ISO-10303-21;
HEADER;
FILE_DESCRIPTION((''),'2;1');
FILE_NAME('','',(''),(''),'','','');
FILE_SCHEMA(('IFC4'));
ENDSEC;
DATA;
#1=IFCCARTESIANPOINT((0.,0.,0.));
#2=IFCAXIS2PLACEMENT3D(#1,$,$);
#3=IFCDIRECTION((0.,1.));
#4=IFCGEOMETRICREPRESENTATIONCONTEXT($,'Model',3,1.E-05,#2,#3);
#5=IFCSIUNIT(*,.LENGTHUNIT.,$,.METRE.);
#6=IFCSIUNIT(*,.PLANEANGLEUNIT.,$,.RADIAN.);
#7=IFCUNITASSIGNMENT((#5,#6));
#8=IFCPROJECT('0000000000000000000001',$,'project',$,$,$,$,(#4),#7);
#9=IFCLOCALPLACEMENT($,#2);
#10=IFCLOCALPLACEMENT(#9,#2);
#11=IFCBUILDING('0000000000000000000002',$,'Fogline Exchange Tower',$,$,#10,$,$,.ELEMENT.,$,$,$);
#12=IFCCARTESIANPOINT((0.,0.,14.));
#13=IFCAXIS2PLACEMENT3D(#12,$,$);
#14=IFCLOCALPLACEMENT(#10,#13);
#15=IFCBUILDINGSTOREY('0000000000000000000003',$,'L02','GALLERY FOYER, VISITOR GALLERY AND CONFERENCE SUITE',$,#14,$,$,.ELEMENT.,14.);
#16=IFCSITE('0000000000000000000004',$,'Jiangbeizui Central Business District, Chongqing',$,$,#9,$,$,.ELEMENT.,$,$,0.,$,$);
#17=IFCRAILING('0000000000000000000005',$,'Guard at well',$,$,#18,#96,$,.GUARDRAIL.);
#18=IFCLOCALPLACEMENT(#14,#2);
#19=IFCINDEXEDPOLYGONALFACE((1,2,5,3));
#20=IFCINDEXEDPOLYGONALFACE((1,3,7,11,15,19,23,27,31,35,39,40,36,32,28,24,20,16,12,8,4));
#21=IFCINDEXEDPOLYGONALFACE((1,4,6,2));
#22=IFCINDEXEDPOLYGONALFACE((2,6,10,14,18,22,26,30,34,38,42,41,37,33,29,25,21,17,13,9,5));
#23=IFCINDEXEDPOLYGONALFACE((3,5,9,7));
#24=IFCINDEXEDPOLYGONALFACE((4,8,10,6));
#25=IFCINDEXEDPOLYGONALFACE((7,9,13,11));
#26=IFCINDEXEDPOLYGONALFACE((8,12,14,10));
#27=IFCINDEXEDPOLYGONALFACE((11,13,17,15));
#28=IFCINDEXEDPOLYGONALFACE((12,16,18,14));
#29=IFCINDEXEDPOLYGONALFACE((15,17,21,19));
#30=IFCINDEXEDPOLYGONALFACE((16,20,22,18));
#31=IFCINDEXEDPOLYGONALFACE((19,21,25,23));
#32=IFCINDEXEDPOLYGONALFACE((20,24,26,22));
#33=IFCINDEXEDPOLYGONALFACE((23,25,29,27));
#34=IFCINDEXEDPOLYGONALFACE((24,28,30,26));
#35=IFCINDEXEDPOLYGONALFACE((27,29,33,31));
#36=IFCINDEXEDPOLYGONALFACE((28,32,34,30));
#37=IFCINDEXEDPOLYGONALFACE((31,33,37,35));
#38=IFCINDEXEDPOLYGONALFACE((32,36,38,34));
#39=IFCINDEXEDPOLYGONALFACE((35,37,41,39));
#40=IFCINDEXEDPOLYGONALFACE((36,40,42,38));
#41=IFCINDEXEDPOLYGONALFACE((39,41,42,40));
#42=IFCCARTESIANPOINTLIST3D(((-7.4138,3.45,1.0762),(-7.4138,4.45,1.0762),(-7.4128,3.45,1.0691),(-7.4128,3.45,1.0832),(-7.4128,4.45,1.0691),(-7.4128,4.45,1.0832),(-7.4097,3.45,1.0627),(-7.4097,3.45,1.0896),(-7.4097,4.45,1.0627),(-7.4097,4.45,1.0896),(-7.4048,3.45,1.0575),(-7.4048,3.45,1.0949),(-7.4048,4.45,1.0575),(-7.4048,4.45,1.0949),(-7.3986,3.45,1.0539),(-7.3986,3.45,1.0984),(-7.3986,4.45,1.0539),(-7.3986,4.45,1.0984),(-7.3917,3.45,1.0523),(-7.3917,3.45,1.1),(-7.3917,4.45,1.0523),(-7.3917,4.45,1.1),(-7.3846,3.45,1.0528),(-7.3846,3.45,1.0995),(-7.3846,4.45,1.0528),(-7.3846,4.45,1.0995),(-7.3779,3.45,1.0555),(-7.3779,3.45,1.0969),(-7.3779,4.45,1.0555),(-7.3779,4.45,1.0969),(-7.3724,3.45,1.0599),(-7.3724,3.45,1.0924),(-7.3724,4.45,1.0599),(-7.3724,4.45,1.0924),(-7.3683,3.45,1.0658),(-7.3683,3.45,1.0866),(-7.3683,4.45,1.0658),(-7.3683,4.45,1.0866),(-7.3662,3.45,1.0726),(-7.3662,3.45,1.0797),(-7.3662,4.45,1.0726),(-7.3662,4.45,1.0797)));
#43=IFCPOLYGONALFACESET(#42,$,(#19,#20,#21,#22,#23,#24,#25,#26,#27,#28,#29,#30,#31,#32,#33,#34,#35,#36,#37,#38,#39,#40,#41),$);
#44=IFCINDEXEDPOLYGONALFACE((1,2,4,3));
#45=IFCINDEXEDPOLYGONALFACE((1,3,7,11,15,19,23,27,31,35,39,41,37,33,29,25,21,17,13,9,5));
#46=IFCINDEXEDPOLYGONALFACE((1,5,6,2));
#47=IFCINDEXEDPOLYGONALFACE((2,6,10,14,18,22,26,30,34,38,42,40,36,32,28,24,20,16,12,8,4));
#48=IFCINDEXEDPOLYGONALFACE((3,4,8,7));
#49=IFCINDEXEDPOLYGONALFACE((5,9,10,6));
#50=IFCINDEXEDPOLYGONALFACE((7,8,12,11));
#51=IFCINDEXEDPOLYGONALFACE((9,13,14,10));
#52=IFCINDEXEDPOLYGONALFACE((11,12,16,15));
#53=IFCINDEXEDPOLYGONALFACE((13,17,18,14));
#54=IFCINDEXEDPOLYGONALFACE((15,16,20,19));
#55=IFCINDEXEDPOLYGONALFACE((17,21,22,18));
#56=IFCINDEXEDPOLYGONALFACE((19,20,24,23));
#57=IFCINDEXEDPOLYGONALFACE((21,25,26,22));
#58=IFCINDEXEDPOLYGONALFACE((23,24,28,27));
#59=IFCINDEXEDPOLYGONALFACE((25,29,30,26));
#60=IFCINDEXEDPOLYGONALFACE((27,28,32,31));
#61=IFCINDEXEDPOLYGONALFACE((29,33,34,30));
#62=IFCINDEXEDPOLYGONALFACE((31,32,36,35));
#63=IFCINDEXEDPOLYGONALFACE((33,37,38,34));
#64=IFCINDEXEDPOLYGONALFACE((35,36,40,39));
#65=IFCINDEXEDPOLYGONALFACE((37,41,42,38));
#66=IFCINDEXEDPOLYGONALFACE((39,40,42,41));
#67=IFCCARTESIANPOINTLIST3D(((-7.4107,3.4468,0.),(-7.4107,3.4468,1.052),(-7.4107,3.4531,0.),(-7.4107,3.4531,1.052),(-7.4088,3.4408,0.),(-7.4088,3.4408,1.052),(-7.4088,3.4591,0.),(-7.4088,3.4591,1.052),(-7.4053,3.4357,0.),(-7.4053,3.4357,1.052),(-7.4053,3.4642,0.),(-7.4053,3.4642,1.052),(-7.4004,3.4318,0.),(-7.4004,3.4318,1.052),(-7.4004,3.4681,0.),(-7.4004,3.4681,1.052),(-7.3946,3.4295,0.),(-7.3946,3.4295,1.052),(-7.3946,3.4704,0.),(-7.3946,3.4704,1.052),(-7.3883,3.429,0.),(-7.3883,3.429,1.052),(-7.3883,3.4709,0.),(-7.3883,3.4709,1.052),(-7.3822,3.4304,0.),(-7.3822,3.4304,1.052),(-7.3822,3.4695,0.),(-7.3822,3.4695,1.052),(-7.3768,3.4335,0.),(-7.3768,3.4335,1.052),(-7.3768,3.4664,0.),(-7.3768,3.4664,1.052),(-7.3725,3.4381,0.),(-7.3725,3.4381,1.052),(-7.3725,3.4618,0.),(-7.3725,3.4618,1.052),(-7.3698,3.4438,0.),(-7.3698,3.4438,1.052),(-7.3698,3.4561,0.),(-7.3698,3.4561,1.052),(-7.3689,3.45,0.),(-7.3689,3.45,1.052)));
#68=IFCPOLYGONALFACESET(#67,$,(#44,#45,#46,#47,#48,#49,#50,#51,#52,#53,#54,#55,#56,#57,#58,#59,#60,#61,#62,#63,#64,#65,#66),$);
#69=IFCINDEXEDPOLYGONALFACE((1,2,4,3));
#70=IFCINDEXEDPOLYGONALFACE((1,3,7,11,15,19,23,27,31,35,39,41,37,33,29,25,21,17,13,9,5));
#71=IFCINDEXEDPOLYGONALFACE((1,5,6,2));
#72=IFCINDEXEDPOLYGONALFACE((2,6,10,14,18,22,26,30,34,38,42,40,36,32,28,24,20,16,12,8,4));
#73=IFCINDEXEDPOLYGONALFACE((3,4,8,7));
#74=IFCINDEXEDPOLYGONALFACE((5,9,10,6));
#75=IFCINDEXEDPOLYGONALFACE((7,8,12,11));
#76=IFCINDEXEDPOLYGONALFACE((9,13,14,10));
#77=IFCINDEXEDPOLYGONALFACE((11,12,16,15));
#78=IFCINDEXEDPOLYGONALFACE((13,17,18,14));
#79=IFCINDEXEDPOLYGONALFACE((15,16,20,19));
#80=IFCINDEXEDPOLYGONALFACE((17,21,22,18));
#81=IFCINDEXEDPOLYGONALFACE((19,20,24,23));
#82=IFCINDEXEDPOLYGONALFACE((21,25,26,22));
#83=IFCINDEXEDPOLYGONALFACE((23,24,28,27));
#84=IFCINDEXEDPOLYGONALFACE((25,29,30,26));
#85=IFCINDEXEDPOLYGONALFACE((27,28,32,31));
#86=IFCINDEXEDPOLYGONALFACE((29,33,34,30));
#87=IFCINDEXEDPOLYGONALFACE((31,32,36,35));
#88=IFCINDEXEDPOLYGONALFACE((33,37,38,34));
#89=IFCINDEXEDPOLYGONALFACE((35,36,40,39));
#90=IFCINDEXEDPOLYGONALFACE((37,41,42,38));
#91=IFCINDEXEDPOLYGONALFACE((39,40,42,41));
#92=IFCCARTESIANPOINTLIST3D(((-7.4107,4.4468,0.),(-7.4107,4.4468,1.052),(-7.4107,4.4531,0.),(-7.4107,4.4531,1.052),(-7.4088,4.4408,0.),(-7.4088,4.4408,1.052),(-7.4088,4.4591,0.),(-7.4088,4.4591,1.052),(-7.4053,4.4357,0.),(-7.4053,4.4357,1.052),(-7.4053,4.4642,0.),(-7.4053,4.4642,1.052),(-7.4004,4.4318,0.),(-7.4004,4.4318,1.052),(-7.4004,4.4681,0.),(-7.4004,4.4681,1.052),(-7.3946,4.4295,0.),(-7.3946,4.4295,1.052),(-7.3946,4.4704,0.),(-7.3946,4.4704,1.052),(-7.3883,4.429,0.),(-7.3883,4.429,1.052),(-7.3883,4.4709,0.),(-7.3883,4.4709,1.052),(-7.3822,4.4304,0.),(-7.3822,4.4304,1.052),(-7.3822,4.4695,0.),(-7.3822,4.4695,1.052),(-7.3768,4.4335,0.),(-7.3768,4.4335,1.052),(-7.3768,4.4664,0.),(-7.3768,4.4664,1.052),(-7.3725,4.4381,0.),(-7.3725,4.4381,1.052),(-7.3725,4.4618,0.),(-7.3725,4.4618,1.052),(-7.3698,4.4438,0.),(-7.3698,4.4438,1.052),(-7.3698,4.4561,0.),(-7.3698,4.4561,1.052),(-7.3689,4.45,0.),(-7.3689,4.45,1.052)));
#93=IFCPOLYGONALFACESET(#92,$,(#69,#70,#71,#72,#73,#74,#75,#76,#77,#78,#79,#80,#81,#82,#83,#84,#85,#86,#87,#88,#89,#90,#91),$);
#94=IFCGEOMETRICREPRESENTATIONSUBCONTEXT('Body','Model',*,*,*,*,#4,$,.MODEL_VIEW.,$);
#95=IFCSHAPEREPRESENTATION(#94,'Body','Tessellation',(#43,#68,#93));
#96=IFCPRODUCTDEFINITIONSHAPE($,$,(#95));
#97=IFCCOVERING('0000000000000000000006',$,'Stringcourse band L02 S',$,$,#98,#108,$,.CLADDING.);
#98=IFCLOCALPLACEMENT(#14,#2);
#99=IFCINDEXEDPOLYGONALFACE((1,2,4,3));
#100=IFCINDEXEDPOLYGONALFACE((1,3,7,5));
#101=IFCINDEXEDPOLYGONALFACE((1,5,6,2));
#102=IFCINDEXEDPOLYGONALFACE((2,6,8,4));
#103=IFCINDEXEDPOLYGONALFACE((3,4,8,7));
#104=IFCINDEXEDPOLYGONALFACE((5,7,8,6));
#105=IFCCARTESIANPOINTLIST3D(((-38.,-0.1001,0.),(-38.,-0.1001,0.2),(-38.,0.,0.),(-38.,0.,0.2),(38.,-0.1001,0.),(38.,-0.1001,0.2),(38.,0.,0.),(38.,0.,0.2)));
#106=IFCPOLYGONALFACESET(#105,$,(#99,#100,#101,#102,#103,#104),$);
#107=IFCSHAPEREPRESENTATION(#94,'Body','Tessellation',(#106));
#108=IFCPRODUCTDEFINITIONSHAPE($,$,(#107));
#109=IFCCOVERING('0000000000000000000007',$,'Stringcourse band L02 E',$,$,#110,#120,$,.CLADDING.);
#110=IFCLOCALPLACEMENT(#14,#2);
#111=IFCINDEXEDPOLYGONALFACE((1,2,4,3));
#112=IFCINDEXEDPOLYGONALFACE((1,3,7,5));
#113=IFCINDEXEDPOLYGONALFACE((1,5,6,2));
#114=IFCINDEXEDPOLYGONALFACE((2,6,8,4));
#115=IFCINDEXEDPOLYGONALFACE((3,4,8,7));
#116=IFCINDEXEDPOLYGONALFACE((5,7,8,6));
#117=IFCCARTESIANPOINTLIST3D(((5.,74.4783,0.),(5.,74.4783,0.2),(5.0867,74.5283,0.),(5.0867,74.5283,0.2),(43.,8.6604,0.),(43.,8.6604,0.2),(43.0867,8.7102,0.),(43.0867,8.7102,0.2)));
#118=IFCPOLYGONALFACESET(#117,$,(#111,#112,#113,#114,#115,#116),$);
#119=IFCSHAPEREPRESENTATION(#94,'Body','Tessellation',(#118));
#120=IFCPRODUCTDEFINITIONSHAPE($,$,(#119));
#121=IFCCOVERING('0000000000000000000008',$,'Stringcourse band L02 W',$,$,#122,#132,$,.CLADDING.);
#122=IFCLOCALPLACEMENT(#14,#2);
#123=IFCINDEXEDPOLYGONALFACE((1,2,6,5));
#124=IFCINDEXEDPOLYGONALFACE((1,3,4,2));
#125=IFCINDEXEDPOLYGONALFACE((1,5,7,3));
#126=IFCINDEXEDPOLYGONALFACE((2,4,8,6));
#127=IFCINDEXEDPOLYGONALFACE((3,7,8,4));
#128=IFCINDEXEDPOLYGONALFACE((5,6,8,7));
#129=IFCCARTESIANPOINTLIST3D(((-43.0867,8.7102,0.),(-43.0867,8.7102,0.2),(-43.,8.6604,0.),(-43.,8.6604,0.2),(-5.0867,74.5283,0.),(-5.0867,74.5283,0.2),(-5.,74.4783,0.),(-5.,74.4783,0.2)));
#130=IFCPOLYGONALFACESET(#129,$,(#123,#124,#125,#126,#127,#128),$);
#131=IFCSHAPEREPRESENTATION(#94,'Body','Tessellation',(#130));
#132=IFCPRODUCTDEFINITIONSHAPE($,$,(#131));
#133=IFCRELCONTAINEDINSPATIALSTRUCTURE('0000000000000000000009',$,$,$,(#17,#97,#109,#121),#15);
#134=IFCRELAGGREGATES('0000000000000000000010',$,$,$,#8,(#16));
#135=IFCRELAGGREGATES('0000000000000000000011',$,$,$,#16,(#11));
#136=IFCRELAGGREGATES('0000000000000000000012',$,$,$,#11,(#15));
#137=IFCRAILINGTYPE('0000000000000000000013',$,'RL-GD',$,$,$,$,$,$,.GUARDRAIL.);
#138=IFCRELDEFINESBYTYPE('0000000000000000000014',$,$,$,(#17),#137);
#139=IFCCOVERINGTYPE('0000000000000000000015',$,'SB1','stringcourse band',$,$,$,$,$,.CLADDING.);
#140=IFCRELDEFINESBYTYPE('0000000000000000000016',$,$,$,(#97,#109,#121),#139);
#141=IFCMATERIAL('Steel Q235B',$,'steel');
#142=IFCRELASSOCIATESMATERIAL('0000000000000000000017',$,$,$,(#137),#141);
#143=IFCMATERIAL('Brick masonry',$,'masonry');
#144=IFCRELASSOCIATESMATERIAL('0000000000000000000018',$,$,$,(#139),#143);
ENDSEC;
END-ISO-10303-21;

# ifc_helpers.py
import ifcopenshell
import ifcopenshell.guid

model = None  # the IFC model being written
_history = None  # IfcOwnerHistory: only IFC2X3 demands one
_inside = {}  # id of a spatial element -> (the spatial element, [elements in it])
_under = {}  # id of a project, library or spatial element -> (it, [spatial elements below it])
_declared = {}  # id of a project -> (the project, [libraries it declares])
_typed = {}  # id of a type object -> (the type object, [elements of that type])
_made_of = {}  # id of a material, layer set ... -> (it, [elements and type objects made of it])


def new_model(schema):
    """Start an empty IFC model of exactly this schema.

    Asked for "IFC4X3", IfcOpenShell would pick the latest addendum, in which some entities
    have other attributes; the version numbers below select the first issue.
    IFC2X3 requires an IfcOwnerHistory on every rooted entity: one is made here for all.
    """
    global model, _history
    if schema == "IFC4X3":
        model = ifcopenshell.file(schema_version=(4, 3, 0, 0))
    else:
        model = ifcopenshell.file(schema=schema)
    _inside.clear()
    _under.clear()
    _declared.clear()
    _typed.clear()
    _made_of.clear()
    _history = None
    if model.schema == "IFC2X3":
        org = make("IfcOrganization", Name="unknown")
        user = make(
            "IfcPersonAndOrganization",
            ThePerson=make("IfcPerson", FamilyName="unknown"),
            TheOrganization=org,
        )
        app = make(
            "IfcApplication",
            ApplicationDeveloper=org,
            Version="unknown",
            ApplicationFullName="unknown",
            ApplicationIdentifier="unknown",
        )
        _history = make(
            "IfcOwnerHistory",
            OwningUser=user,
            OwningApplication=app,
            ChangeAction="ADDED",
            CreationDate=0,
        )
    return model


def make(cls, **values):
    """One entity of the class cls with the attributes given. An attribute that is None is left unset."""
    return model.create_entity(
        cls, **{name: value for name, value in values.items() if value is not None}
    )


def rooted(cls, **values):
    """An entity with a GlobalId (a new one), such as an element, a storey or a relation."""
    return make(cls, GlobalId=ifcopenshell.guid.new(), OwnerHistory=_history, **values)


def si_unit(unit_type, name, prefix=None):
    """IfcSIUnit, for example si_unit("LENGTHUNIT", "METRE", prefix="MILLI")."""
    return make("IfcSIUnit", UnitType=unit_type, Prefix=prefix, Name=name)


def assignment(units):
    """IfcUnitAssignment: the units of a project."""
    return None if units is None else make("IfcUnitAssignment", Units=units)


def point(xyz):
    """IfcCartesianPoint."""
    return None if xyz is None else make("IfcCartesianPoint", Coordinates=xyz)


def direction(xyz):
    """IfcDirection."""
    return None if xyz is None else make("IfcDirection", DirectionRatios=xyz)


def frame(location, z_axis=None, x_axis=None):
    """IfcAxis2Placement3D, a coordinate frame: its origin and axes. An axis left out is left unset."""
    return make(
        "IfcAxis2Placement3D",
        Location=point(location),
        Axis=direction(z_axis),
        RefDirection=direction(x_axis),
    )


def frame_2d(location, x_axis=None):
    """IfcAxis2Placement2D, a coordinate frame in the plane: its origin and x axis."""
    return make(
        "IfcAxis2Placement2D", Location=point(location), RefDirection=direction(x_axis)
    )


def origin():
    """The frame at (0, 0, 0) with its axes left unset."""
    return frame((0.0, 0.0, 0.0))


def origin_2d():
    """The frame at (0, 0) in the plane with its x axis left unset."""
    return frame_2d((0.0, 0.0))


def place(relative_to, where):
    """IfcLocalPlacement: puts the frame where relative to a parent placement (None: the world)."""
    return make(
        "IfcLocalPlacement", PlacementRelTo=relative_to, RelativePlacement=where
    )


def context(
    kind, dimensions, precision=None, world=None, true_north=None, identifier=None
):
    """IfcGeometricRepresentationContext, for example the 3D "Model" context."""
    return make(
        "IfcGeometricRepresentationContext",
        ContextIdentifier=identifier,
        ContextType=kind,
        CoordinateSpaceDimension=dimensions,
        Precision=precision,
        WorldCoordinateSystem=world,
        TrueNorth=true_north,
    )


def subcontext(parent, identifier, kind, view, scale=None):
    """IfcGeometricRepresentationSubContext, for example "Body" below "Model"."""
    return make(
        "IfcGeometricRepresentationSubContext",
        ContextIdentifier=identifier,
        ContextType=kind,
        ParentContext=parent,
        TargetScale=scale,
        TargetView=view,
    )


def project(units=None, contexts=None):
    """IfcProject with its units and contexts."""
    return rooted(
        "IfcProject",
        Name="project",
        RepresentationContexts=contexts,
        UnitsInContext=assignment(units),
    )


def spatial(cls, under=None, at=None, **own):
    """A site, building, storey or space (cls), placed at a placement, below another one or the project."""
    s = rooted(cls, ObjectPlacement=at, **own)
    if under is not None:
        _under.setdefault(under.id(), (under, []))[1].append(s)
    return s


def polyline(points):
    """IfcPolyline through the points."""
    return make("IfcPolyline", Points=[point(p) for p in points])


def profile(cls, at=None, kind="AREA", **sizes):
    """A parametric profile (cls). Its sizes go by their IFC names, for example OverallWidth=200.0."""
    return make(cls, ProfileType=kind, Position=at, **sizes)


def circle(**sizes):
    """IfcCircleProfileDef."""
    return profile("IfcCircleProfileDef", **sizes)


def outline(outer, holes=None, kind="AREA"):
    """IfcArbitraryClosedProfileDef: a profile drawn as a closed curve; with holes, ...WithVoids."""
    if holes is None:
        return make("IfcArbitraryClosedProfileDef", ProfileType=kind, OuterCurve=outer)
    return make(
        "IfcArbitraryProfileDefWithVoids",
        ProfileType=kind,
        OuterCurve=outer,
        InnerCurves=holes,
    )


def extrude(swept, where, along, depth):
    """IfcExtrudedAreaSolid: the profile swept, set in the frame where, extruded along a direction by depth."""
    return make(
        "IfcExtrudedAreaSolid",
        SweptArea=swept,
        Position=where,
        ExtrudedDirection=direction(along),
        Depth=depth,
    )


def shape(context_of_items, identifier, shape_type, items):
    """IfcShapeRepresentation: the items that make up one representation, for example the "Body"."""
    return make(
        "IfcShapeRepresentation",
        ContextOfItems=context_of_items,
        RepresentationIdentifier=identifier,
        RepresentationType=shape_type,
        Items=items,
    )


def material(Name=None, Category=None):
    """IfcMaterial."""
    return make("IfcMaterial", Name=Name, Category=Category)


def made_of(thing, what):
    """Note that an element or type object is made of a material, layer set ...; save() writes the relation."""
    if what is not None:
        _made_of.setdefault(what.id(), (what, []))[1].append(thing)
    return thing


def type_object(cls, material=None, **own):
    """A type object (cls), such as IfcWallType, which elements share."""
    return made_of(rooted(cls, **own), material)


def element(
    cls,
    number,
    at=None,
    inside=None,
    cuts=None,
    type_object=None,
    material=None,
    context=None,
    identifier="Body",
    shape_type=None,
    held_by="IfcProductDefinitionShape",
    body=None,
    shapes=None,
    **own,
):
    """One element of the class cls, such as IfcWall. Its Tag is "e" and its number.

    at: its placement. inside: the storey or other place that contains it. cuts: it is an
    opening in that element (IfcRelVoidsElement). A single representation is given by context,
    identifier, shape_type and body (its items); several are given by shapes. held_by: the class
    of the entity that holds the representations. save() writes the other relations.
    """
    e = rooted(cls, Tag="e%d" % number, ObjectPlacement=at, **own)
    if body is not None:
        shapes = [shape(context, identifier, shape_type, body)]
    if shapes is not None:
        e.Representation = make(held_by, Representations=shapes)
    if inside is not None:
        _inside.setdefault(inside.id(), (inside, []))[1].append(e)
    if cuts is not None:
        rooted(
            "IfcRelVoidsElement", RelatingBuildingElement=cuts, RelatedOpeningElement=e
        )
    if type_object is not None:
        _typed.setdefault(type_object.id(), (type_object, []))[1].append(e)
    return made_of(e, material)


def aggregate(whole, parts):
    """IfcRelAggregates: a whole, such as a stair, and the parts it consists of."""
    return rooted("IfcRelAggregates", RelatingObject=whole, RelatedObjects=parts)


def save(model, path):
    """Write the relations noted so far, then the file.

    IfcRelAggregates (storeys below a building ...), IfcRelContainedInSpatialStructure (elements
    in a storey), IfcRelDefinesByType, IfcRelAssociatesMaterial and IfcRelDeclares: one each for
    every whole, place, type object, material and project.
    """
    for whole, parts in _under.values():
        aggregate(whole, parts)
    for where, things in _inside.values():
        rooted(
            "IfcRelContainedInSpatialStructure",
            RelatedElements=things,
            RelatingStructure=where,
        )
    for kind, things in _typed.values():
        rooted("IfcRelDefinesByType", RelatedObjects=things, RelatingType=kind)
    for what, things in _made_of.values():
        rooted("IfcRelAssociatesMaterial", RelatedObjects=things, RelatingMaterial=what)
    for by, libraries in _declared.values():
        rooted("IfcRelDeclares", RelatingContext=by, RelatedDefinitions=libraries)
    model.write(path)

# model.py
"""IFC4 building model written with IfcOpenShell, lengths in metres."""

from ifc_helpers import new_model, si_unit, direction, frame, origin, origin_2d, place, context, subcontext, project, spatial, polyline, circle, outline, extrude, material, type_object, element, save


model = new_model("IFC4")

# Units and contexts
model_context = context("Model", 3, precision=1e-05, world=origin(), true_north=direction((0.0, 1.0)))
body_context = subcontext(model_context, "Body", "Model", "MODEL_VIEW")
ifc_project = project(units=[si_unit("LENGTHUNIT", "METRE"), si_unit("PLANEANGLEUNIT", "RADIAN")], contexts=[model_context])

# Site, building, storey
site_placement = place(None, origin())
site = spatial("IfcSite", under=ifc_project, at=site_placement, Name="Jiangbeizui Central Business District, Chongqing", CompositionType="ELEMENT", RefElevation=0.0)
building_placement = place(site_placement, origin())
building = spatial("IfcBuilding", under=site, at=building_placement, Name="Fogline Exchange Tower", CompositionType="ELEMENT")
storey_placement = place(building_placement, frame((0.0, 0.0, 14.0)))
storey = spatial("IfcBuildingStorey", under=building, at=storey_placement, Name="L02", Description="GALLERY FOYER, VISITOR GALLERY AND CONFERENCE SUITE", CompositionType="ELEMENT", Elevation=14.0)

# Shared definitions
ifc_material_1 = material(Name="Brick masonry", Category="masonry")

# Railing
ifc_material_2 = material(Name="Steel Q235B", Category="steel")
railing_type_1 = type_object("IfcRailingType", Name="RL-GD", PredefinedType="GUARDRAIL", material=ifc_material_2)
railing_1_placement = place(storey_placement, frame((-7.3899, 3.45, 0.0)))
element("IfcRailing", 1, at=railing_1_placement, inside=storey, type_object=railing_type_1, Name="Guard at well", PredefinedType="GUARDRAIL", context=body_context, shape_type="SweptSolid", body=[
    extrude(circle(Radius=0.0239, at=origin_2d()), frame((0.0, 0.0, 1.0762), z_axis=(0.0, 1.0, 0.0), x_axis=(-1.0, 0.0, 0.0)), (0.0, 0.0, 1.0), 1.0),
    extrude(circle(Radius=0.021, at=origin_2d()), origin(), (0.0, 0.0, 1.0), 1.052),
    extrude(circle(Radius=0.021, at=origin_2d()), frame((0.0, 1.0, 0.0)), (0.0, 0.0, 1.0), 1.052),
])

# Coverings
covering_type = type_object("IfcCoveringType", Name="SB1", Description="stringcourse band", PredefinedType="CLADDING", material=ifc_material_1)
covering_1_placement = place(storey_placement, origin())
element("IfcCovering", 2, at=covering_1_placement, inside=storey, type_object=covering_type, Name="Stringcourse band L02 S", PredefinedType="CLADDING", context=body_context, shape_type="SweptSolid", body=[
    extrude(outline(polyline([(-38.0, 0.0), (-38.0, -0.1001), (38.0, -0.1001), (38.0, 0.0), (-38.0, 0.0)])), origin(), (0.0, 0.0, 1.0), 0.2),
])
covering_2_placement = place(storey_placement, origin())
element("IfcCovering", 3, at=covering_2_placement, inside=storey, type_object=covering_type, Name="Stringcourse band L02 E", PredefinedType="CLADDING", context=body_context, shape_type="SweptSolid", body=[
    extrude(outline(polyline([(43.0, 8.6604), (43.0867, 8.7102), (5.0867, 74.5283), (5.0, 74.4783), (43.0, 8.6604)])), origin(), (0.0, 0.0, 1.0), 0.2),
])
covering_3_placement = place(storey_placement, origin())
element("IfcCovering", 4, at=covering_3_placement, inside=storey, type_object=covering_type, Name="Stringcourse band L02 W", PredefinedType="CLADDING", context=body_context, shape_type="SweptSolid", body=[
    extrude(outline(polyline([(-5.0, 74.4783), (-5.0867, 74.5283), (-43.0867, 8.7102), (-43.0, 8.6604), (-5.0, 74.4783)])), origin(), (0.0, 0.0, 1.0), 0.2),
])

save(model, "model.ifc")
